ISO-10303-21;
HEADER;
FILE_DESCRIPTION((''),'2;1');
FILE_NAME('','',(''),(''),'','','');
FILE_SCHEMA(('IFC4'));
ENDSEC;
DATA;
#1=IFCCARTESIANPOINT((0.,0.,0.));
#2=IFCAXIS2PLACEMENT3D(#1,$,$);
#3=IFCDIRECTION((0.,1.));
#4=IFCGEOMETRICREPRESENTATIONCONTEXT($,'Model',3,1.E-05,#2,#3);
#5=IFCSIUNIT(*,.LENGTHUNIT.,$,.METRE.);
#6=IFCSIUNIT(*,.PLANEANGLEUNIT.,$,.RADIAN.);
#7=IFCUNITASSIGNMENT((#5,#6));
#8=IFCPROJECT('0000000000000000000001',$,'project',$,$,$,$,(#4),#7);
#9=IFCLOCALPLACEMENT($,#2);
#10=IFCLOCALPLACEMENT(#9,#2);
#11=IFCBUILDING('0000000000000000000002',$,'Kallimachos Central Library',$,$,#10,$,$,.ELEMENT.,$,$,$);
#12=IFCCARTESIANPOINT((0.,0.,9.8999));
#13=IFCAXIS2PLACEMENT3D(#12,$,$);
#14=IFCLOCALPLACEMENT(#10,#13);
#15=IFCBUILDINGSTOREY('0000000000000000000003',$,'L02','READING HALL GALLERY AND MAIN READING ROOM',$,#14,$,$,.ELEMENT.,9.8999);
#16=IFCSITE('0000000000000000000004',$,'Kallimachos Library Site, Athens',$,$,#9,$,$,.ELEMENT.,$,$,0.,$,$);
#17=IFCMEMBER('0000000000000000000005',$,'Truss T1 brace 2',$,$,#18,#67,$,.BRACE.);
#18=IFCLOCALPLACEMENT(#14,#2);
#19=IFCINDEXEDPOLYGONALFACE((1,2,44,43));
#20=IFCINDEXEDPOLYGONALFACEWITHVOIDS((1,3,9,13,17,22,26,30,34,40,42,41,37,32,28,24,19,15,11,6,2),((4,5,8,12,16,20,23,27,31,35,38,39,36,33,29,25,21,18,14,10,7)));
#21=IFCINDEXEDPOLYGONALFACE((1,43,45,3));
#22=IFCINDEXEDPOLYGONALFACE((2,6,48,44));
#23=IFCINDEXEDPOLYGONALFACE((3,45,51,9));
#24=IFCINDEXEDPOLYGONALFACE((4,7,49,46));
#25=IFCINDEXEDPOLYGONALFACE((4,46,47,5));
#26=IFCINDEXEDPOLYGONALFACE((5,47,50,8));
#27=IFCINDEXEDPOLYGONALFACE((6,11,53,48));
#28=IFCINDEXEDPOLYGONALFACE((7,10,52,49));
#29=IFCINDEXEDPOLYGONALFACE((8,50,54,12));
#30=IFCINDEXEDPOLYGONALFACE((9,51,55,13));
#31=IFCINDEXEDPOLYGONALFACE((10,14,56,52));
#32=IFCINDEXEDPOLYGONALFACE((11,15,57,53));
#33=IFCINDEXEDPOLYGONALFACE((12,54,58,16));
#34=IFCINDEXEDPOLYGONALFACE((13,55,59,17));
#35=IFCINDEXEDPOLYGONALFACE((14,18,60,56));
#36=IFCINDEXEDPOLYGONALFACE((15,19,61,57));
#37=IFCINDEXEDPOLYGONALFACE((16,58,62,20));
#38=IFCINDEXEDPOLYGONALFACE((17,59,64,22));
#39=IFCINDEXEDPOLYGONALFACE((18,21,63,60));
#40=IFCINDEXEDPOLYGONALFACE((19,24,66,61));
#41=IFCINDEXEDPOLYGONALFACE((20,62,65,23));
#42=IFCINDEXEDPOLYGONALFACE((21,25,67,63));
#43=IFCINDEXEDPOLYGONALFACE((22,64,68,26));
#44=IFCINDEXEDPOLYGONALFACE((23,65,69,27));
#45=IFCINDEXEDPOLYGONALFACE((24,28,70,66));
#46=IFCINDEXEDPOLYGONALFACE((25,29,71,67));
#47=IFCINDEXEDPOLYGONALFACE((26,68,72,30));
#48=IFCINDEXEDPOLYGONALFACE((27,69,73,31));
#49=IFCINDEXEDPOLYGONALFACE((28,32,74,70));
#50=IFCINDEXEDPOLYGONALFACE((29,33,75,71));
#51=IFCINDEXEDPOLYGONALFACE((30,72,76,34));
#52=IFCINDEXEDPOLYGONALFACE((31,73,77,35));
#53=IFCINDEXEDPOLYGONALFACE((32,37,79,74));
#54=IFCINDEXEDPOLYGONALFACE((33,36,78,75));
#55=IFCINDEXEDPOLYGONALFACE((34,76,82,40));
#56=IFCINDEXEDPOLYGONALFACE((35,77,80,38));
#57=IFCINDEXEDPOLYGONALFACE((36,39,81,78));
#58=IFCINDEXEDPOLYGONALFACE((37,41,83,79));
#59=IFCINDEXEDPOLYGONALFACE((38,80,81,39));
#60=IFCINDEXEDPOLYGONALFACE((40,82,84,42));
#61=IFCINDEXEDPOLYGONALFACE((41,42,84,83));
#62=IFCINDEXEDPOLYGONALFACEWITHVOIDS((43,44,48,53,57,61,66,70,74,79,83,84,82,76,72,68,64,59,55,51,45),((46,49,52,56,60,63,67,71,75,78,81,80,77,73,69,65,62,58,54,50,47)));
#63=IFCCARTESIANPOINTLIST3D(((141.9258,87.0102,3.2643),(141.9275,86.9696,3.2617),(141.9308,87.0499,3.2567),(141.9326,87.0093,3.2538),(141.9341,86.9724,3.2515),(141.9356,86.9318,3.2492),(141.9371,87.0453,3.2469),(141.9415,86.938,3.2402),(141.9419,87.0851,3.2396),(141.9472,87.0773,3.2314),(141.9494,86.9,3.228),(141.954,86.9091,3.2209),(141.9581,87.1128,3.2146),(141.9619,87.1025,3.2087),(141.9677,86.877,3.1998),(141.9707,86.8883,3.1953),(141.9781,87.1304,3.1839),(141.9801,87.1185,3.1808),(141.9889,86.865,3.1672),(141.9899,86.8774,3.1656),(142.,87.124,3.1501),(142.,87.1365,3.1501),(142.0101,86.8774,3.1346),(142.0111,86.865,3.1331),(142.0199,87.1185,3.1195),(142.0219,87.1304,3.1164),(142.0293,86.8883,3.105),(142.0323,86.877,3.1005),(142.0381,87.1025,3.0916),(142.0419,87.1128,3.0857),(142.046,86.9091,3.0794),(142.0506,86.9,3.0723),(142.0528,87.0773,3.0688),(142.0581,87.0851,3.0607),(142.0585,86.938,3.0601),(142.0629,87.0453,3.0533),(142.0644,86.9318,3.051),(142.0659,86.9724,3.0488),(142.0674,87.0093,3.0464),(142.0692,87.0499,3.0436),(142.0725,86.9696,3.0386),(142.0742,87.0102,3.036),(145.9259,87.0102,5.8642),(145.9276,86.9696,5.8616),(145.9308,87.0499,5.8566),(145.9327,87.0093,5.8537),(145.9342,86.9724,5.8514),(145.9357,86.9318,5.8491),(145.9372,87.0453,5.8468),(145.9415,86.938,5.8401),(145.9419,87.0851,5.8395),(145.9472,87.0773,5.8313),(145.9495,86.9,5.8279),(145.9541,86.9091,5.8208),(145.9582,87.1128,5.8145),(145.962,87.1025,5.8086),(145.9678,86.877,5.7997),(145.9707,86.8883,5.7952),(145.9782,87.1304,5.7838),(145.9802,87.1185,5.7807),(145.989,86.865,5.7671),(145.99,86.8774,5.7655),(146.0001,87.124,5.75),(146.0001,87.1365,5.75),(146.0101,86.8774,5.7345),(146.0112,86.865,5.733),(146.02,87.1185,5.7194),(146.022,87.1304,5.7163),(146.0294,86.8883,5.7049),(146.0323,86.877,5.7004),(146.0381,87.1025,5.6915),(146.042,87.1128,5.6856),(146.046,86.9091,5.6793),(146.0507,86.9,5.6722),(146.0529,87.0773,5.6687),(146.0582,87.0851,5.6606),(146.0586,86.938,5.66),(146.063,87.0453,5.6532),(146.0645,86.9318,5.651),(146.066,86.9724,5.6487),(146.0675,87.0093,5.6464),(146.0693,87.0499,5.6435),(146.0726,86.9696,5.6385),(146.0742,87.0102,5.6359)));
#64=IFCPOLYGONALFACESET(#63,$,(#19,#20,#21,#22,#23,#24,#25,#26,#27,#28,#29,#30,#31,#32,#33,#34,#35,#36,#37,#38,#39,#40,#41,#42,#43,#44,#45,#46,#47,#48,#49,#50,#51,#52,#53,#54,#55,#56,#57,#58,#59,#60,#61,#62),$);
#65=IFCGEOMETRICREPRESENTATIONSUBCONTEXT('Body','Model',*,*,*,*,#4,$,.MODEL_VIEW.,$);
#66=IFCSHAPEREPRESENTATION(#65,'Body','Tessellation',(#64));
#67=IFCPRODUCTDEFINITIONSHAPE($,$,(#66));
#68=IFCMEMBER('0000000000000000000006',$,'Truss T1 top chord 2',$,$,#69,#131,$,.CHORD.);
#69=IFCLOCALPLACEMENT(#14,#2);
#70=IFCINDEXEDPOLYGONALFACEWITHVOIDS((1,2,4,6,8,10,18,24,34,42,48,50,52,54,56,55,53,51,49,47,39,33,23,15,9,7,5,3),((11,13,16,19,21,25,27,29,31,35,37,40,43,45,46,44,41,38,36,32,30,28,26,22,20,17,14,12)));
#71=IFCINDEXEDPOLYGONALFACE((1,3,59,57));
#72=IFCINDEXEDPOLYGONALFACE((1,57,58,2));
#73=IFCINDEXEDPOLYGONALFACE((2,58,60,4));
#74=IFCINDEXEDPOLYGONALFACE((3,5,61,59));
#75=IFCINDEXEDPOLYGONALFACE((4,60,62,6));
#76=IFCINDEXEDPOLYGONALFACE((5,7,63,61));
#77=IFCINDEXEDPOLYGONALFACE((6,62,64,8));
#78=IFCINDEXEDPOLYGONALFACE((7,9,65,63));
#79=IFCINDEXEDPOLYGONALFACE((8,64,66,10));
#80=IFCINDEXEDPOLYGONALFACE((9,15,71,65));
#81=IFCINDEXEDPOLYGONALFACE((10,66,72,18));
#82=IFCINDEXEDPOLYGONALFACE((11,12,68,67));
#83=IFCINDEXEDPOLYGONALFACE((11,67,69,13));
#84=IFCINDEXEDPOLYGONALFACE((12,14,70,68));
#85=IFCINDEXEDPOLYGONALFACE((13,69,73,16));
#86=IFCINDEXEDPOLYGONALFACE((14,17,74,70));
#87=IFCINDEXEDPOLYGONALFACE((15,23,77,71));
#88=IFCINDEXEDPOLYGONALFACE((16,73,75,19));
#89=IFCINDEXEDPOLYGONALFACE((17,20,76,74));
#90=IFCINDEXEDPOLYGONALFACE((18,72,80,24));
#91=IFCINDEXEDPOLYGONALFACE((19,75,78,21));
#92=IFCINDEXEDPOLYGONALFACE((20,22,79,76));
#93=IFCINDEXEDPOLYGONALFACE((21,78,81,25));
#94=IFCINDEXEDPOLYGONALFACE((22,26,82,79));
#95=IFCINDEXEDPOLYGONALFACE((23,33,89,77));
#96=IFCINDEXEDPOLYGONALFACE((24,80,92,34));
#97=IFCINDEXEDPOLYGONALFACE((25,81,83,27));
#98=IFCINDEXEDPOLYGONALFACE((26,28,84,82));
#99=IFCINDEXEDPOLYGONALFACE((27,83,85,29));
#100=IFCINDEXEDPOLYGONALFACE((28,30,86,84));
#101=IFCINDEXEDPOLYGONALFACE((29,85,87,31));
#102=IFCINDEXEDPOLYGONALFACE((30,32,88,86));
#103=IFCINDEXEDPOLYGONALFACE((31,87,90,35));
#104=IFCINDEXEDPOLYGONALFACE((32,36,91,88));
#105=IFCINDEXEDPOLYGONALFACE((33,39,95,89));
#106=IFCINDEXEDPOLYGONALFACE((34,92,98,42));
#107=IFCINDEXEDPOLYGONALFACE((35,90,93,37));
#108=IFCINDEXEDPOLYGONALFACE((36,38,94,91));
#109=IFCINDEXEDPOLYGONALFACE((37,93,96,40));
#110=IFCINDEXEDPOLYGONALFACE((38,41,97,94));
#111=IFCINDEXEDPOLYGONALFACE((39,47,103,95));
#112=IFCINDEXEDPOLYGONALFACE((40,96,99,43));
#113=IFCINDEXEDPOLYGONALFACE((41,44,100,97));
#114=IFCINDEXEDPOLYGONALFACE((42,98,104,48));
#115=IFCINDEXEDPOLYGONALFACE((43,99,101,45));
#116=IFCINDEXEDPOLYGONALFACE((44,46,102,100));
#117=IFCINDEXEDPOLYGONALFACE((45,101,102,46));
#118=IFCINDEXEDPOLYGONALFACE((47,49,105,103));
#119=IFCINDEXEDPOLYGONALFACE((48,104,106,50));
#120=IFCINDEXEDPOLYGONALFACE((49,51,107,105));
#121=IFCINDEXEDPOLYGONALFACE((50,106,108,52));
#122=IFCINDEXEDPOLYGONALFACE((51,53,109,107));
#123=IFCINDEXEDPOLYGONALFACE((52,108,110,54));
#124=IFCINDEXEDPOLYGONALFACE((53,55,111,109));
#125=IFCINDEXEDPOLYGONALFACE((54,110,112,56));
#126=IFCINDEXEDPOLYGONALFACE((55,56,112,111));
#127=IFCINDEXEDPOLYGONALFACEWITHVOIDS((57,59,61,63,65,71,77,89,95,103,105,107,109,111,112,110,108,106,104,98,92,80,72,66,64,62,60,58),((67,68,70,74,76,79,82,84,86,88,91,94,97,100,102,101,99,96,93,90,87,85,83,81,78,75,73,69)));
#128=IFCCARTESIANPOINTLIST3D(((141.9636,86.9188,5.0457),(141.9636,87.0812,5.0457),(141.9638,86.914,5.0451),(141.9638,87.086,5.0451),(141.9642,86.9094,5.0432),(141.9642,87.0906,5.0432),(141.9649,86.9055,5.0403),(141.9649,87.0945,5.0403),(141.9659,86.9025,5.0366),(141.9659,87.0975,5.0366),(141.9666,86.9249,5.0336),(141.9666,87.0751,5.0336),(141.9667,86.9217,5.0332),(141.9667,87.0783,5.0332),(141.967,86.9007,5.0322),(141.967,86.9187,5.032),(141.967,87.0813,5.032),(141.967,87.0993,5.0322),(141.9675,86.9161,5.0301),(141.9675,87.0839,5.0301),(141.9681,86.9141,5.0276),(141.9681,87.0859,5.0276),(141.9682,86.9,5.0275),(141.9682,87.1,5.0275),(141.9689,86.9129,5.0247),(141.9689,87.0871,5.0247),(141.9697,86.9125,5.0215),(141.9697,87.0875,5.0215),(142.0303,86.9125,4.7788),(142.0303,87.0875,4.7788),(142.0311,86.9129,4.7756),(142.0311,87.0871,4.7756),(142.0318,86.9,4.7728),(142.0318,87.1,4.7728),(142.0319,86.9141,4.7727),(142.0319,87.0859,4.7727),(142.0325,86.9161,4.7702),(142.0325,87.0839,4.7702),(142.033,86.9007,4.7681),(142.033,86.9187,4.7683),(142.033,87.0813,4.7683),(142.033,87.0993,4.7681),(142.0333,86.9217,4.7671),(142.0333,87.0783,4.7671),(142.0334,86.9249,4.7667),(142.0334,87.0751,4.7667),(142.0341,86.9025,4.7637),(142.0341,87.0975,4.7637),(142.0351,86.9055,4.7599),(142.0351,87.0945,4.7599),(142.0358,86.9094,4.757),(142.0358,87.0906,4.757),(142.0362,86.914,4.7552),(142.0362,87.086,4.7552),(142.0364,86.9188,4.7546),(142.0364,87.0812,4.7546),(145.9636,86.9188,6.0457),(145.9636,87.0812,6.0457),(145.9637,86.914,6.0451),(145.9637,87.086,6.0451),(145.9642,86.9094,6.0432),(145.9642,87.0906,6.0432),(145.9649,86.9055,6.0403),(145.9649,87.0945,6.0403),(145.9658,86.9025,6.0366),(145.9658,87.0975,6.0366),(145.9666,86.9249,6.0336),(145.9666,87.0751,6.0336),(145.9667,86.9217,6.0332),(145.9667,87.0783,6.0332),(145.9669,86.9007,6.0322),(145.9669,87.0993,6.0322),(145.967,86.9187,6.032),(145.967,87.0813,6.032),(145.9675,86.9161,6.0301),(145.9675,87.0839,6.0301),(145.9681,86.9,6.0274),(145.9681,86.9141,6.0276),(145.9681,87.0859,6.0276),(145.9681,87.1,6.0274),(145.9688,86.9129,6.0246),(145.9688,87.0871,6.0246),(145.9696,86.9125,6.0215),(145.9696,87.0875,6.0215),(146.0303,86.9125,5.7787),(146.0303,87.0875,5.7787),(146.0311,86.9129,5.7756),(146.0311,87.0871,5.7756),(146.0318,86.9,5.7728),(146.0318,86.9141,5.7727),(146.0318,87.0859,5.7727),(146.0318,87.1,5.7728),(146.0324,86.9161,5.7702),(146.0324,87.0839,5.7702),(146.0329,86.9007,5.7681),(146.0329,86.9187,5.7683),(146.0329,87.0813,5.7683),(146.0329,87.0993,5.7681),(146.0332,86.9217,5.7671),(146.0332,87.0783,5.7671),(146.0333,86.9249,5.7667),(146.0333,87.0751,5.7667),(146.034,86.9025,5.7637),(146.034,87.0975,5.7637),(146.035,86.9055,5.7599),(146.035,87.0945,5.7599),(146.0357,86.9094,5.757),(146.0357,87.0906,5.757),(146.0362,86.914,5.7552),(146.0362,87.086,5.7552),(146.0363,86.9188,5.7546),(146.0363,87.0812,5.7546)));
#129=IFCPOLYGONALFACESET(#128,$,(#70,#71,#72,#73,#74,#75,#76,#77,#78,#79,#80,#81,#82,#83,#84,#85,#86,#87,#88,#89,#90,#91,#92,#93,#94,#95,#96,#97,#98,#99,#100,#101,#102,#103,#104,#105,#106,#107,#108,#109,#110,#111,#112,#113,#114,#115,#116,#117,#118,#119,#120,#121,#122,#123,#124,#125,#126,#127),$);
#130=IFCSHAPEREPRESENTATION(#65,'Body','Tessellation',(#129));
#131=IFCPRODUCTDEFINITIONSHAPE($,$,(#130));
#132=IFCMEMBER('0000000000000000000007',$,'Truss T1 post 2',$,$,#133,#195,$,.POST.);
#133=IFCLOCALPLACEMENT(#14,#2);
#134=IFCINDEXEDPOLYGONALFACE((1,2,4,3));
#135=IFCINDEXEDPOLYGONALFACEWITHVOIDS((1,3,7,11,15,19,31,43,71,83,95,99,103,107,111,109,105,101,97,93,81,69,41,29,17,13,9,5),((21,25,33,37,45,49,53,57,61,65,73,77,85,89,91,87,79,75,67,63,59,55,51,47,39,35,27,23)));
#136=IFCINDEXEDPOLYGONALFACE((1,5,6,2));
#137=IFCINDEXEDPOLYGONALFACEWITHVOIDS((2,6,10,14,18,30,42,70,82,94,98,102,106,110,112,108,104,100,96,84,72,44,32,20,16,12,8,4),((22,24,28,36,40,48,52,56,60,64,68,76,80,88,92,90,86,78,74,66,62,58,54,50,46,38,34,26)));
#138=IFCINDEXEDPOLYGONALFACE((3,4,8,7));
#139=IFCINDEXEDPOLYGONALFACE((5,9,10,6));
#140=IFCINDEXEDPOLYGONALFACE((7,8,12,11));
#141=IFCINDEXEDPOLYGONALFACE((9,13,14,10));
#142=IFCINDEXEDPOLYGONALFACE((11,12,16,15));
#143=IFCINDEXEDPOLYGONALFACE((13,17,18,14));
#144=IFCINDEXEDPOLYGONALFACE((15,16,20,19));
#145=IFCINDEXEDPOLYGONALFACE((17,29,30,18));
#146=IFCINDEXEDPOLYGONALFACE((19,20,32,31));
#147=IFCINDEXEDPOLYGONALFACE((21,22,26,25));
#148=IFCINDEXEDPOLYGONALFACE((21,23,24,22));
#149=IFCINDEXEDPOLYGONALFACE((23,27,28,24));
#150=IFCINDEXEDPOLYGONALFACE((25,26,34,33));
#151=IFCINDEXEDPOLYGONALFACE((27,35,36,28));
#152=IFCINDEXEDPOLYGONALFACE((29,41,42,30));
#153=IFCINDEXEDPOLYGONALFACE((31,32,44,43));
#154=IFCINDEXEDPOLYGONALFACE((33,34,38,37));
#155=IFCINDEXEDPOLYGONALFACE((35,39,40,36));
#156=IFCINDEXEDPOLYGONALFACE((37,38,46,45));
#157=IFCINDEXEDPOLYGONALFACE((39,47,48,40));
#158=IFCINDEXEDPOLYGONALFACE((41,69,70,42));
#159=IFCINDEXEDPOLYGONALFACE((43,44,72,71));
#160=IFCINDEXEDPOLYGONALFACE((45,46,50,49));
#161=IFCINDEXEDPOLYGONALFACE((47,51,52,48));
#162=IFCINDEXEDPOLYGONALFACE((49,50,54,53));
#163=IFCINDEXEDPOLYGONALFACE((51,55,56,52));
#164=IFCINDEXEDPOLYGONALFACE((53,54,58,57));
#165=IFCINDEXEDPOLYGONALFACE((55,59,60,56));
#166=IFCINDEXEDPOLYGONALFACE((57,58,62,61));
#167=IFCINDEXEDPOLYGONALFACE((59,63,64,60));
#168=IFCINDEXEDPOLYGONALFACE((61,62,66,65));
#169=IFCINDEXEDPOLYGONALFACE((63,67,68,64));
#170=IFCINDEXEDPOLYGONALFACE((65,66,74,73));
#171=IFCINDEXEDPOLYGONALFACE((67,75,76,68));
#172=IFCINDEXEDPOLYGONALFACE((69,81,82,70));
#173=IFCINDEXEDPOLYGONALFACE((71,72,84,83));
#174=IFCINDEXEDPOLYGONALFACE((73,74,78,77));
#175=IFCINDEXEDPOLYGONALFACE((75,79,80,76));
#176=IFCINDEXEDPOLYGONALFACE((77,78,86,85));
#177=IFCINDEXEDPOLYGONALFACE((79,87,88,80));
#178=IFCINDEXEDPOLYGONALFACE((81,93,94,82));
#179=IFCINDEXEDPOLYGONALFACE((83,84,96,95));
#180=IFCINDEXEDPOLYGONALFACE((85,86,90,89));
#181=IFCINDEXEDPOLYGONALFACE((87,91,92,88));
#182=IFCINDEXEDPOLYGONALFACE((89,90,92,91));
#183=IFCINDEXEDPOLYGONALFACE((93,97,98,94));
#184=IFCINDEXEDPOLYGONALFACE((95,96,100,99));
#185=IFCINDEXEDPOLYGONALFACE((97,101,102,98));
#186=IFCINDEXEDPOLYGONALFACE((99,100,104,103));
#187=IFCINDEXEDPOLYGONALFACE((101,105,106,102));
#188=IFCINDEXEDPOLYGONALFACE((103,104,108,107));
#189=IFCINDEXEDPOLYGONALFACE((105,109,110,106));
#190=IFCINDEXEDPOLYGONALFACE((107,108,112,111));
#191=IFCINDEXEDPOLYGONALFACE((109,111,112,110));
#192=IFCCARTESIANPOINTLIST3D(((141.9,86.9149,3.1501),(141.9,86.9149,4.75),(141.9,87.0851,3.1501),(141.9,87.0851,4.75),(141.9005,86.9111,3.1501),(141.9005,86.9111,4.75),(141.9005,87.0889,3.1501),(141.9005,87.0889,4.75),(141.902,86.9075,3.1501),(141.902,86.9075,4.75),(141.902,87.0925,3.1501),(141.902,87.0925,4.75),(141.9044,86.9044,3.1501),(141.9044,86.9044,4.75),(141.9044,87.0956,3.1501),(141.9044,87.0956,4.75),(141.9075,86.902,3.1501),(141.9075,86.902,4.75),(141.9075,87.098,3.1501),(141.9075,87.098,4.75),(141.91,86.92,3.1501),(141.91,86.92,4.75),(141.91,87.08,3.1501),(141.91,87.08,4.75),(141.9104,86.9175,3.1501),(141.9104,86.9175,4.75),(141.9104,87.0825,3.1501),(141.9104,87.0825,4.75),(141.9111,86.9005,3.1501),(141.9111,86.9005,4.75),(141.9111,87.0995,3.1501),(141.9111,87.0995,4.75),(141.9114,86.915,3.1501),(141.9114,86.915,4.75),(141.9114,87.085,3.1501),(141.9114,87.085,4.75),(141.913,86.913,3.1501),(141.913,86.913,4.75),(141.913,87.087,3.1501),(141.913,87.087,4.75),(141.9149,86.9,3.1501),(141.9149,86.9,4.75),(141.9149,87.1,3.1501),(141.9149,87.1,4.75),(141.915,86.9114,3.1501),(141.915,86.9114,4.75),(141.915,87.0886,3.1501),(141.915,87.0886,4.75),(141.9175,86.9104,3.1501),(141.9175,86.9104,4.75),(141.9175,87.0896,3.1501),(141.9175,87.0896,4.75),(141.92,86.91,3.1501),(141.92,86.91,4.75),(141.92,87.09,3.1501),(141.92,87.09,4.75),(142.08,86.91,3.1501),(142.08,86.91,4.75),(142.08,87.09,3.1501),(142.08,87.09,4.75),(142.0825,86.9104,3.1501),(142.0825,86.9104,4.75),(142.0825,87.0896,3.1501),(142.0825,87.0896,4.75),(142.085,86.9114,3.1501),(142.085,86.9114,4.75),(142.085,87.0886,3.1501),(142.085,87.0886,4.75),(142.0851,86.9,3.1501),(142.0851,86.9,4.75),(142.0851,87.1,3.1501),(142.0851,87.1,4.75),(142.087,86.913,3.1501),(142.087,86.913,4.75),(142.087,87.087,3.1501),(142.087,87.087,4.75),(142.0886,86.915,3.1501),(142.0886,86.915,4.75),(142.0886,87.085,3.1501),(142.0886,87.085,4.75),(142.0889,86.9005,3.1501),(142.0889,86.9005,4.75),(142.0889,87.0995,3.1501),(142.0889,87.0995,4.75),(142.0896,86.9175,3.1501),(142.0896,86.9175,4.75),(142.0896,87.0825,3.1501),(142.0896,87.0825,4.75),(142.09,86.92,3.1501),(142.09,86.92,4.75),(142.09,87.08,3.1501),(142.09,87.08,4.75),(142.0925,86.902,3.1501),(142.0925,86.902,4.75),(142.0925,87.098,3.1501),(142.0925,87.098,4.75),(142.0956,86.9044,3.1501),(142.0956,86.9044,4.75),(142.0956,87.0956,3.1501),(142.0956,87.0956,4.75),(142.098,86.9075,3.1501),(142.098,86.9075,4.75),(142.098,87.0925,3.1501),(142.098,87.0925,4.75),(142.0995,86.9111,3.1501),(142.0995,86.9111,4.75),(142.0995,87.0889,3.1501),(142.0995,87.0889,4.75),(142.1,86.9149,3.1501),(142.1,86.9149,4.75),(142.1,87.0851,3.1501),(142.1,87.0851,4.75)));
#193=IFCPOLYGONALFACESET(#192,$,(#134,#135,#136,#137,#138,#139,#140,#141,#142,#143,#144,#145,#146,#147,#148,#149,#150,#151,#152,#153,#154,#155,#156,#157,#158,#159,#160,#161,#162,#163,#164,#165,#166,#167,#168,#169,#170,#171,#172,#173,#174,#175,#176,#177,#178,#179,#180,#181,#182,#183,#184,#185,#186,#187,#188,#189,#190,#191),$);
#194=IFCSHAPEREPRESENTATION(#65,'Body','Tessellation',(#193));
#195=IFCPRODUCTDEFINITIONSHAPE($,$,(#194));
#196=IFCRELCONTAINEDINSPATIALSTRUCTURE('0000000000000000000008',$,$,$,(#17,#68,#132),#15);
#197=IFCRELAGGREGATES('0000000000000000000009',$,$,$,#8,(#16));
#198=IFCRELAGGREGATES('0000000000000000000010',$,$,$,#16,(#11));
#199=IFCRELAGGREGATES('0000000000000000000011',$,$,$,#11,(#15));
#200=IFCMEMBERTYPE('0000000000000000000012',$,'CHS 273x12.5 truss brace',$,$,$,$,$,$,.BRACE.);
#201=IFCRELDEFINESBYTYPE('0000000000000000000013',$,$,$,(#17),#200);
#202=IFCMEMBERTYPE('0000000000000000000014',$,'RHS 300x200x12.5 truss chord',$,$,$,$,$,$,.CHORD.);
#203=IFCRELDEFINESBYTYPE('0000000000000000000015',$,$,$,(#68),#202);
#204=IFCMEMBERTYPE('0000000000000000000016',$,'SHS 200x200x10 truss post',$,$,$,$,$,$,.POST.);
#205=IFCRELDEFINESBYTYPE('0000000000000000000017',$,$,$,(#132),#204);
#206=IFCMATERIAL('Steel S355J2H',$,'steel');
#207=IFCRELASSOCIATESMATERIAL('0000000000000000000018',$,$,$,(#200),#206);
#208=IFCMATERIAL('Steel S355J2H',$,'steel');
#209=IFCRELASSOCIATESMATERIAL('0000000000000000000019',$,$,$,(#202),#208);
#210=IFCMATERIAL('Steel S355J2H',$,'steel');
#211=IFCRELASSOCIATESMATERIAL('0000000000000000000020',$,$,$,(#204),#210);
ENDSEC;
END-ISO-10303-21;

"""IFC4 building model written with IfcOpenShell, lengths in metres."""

from ifc_helpers import new_model, si_unit, direction, frame, origin, origin_2d, place, context, subcontext, project, spatial, hollow_rectangle, hollow_circle, extrude, material, material_profile, profile_set, type_object, element, save


model = new_model("IFC4")

# Units and contexts
model_context = context("Model", 3, precision=1e-05, world=origin(), true_north=direction((0.0, 1.0)))
body_context = subcontext(model_context, "Body", "Model", "MODEL_VIEW")
ifc_project = project(units=[si_unit("LENGTHUNIT", "METRE"), si_unit("PLANEANGLEUNIT", "RADIAN")], contexts=[model_context])

# Site, building, storey
site_placement = place(None, origin())
site = spatial("IfcSite", under=ifc_project, at=site_placement, Name="Kallimachos Library Site, Athens", CompositionType="ELEMENT", RefElevation=0.0)
building_placement = place(site_placement, origin())
building = spatial("IfcBuilding", under=site, at=building_placement, Name="Kallimachos Central Library", CompositionType="ELEMENT")
storey_placement = place(building_placement, frame((0.0, 0.0, 9.8999)))
storey = spatial("IfcBuildingStorey", under=building, at=storey_placement, Name="L02", Description="READING HALL GALLERY AND MAIN READING ROOM", CompositionType="ELEMENT", Elevation=9.8999)

# Members
ifc_material_1 = material(Name="Steel S355J2H", Category="steel")
ifc_material_profile_1 = material_profile(ifc_material_1, hollow_circle(Radius=0.1365, WallThickness=0.0125, at=origin_2d()), Name="CHS 273x12.5")
ifc_profile_set_1 = profile_set([ifc_material_profile_1], Name="Steel S355J2H")
member_type_1 = type_object("IfcMemberType", Name="CHS 273x12.5 truss brace", PredefinedType="BRACE", material=ifc_profile_set_1)
member_1_placement = place(storey_placement, frame((142.0, 87.0, 3.1501), z_axis=(0.838458, 0.0, 0.544967), x_axis=(0.0, 1.0, 0.0)))
element("IfcMember", 1, at=member_1_placement, inside=storey, type_object=member_type_1, Name="Truss T1 brace 2", PredefinedType="BRACE", context=body_context, shape_type="SweptSolid", body=[
    extrude(hollow_circle(Radius=0.1365, WallThickness=0.0125, at=origin_2d()), origin(), (0.0, 0.0, 1.0), 4.7708),
])
ifc_material_2 = material(Name="Steel S355J2H", Category="steel")
ifc_material_profile_2 = material_profile(ifc_material_2, hollow_rectangle(XDim=0.2, YDim=0.3, WallThickness=0.0125, InnerFilletRadius=0.0125, OuterFilletRadius=0.0188, at=origin_2d()), Name="RHS 300x200x12.5")
ifc_profile_set_2 = profile_set([ifc_material_profile_2], Name="Steel S355J2H")
member_type_2 = type_object("IfcMemberType", Name="RHS 300x200x12.5 truss chord", PredefinedType="CHORD", material=ifc_profile_set_2)
member_2_placement = place(storey_placement, frame((142.0, 87.0, 4.9001), z_axis=(0.970143, 0.0, 0.242536), x_axis=(0.0, 1.0, 0.0)))
element("IfcMember", 2, at=member_2_placement, inside=storey, type_object=member_type_2, Name="Truss T1 top chord 2", PredefinedType="CHORD", context=body_context, shape_type="SweptSolid", body=[
    extrude(hollow_rectangle(XDim=0.2, YDim=0.3, WallThickness=0.0125, InnerFilletRadius=0.0125, OuterFilletRadius=0.0188, at=origin_2d()), origin(), (0.0, 0.0, 1.0), 4.123),
])
ifc_material_3 = material(Name="Steel S355J2H", Category="steel")
ifc_material_profile_3 = material_profile(ifc_material_3, hollow_rectangle(XDim=0.2, YDim=0.2, WallThickness=0.01, InnerFilletRadius=0.01, OuterFilletRadius=0.0149, at=origin_2d()), Name="SHS 200x200x10")
ifc_profile_set_3 = profile_set([ifc_material_profile_3], Name="Steel S355J2H")
member_type_3 = type_object("IfcMemberType", Name="SHS 200x200x10 truss post", PredefinedType="POST", material=ifc_profile_set_3)
member_3_placement = place(storey_placement, frame((142.0, 87.0, 3.1501), z_axis=(0.0, 0.0, 1.0), x_axis=(1.0, 0.0, 0.0)))
element("IfcMember", 3, at=member_3_placement, inside=storey, type_object=member_type_3, Name="Truss T1 post 2", PredefinedType="POST", context=body_context, shape_type="SweptSolid", body=[
    extrude(hollow_rectangle(XDim=0.2, YDim=0.2, WallThickness=0.01, InnerFilletRadius=0.01, OuterFilletRadius=0.0149, at=origin_2d()), origin(), (0.0, 0.0, 1.0), 1.5999),
])

save(model, "model.ifc")
